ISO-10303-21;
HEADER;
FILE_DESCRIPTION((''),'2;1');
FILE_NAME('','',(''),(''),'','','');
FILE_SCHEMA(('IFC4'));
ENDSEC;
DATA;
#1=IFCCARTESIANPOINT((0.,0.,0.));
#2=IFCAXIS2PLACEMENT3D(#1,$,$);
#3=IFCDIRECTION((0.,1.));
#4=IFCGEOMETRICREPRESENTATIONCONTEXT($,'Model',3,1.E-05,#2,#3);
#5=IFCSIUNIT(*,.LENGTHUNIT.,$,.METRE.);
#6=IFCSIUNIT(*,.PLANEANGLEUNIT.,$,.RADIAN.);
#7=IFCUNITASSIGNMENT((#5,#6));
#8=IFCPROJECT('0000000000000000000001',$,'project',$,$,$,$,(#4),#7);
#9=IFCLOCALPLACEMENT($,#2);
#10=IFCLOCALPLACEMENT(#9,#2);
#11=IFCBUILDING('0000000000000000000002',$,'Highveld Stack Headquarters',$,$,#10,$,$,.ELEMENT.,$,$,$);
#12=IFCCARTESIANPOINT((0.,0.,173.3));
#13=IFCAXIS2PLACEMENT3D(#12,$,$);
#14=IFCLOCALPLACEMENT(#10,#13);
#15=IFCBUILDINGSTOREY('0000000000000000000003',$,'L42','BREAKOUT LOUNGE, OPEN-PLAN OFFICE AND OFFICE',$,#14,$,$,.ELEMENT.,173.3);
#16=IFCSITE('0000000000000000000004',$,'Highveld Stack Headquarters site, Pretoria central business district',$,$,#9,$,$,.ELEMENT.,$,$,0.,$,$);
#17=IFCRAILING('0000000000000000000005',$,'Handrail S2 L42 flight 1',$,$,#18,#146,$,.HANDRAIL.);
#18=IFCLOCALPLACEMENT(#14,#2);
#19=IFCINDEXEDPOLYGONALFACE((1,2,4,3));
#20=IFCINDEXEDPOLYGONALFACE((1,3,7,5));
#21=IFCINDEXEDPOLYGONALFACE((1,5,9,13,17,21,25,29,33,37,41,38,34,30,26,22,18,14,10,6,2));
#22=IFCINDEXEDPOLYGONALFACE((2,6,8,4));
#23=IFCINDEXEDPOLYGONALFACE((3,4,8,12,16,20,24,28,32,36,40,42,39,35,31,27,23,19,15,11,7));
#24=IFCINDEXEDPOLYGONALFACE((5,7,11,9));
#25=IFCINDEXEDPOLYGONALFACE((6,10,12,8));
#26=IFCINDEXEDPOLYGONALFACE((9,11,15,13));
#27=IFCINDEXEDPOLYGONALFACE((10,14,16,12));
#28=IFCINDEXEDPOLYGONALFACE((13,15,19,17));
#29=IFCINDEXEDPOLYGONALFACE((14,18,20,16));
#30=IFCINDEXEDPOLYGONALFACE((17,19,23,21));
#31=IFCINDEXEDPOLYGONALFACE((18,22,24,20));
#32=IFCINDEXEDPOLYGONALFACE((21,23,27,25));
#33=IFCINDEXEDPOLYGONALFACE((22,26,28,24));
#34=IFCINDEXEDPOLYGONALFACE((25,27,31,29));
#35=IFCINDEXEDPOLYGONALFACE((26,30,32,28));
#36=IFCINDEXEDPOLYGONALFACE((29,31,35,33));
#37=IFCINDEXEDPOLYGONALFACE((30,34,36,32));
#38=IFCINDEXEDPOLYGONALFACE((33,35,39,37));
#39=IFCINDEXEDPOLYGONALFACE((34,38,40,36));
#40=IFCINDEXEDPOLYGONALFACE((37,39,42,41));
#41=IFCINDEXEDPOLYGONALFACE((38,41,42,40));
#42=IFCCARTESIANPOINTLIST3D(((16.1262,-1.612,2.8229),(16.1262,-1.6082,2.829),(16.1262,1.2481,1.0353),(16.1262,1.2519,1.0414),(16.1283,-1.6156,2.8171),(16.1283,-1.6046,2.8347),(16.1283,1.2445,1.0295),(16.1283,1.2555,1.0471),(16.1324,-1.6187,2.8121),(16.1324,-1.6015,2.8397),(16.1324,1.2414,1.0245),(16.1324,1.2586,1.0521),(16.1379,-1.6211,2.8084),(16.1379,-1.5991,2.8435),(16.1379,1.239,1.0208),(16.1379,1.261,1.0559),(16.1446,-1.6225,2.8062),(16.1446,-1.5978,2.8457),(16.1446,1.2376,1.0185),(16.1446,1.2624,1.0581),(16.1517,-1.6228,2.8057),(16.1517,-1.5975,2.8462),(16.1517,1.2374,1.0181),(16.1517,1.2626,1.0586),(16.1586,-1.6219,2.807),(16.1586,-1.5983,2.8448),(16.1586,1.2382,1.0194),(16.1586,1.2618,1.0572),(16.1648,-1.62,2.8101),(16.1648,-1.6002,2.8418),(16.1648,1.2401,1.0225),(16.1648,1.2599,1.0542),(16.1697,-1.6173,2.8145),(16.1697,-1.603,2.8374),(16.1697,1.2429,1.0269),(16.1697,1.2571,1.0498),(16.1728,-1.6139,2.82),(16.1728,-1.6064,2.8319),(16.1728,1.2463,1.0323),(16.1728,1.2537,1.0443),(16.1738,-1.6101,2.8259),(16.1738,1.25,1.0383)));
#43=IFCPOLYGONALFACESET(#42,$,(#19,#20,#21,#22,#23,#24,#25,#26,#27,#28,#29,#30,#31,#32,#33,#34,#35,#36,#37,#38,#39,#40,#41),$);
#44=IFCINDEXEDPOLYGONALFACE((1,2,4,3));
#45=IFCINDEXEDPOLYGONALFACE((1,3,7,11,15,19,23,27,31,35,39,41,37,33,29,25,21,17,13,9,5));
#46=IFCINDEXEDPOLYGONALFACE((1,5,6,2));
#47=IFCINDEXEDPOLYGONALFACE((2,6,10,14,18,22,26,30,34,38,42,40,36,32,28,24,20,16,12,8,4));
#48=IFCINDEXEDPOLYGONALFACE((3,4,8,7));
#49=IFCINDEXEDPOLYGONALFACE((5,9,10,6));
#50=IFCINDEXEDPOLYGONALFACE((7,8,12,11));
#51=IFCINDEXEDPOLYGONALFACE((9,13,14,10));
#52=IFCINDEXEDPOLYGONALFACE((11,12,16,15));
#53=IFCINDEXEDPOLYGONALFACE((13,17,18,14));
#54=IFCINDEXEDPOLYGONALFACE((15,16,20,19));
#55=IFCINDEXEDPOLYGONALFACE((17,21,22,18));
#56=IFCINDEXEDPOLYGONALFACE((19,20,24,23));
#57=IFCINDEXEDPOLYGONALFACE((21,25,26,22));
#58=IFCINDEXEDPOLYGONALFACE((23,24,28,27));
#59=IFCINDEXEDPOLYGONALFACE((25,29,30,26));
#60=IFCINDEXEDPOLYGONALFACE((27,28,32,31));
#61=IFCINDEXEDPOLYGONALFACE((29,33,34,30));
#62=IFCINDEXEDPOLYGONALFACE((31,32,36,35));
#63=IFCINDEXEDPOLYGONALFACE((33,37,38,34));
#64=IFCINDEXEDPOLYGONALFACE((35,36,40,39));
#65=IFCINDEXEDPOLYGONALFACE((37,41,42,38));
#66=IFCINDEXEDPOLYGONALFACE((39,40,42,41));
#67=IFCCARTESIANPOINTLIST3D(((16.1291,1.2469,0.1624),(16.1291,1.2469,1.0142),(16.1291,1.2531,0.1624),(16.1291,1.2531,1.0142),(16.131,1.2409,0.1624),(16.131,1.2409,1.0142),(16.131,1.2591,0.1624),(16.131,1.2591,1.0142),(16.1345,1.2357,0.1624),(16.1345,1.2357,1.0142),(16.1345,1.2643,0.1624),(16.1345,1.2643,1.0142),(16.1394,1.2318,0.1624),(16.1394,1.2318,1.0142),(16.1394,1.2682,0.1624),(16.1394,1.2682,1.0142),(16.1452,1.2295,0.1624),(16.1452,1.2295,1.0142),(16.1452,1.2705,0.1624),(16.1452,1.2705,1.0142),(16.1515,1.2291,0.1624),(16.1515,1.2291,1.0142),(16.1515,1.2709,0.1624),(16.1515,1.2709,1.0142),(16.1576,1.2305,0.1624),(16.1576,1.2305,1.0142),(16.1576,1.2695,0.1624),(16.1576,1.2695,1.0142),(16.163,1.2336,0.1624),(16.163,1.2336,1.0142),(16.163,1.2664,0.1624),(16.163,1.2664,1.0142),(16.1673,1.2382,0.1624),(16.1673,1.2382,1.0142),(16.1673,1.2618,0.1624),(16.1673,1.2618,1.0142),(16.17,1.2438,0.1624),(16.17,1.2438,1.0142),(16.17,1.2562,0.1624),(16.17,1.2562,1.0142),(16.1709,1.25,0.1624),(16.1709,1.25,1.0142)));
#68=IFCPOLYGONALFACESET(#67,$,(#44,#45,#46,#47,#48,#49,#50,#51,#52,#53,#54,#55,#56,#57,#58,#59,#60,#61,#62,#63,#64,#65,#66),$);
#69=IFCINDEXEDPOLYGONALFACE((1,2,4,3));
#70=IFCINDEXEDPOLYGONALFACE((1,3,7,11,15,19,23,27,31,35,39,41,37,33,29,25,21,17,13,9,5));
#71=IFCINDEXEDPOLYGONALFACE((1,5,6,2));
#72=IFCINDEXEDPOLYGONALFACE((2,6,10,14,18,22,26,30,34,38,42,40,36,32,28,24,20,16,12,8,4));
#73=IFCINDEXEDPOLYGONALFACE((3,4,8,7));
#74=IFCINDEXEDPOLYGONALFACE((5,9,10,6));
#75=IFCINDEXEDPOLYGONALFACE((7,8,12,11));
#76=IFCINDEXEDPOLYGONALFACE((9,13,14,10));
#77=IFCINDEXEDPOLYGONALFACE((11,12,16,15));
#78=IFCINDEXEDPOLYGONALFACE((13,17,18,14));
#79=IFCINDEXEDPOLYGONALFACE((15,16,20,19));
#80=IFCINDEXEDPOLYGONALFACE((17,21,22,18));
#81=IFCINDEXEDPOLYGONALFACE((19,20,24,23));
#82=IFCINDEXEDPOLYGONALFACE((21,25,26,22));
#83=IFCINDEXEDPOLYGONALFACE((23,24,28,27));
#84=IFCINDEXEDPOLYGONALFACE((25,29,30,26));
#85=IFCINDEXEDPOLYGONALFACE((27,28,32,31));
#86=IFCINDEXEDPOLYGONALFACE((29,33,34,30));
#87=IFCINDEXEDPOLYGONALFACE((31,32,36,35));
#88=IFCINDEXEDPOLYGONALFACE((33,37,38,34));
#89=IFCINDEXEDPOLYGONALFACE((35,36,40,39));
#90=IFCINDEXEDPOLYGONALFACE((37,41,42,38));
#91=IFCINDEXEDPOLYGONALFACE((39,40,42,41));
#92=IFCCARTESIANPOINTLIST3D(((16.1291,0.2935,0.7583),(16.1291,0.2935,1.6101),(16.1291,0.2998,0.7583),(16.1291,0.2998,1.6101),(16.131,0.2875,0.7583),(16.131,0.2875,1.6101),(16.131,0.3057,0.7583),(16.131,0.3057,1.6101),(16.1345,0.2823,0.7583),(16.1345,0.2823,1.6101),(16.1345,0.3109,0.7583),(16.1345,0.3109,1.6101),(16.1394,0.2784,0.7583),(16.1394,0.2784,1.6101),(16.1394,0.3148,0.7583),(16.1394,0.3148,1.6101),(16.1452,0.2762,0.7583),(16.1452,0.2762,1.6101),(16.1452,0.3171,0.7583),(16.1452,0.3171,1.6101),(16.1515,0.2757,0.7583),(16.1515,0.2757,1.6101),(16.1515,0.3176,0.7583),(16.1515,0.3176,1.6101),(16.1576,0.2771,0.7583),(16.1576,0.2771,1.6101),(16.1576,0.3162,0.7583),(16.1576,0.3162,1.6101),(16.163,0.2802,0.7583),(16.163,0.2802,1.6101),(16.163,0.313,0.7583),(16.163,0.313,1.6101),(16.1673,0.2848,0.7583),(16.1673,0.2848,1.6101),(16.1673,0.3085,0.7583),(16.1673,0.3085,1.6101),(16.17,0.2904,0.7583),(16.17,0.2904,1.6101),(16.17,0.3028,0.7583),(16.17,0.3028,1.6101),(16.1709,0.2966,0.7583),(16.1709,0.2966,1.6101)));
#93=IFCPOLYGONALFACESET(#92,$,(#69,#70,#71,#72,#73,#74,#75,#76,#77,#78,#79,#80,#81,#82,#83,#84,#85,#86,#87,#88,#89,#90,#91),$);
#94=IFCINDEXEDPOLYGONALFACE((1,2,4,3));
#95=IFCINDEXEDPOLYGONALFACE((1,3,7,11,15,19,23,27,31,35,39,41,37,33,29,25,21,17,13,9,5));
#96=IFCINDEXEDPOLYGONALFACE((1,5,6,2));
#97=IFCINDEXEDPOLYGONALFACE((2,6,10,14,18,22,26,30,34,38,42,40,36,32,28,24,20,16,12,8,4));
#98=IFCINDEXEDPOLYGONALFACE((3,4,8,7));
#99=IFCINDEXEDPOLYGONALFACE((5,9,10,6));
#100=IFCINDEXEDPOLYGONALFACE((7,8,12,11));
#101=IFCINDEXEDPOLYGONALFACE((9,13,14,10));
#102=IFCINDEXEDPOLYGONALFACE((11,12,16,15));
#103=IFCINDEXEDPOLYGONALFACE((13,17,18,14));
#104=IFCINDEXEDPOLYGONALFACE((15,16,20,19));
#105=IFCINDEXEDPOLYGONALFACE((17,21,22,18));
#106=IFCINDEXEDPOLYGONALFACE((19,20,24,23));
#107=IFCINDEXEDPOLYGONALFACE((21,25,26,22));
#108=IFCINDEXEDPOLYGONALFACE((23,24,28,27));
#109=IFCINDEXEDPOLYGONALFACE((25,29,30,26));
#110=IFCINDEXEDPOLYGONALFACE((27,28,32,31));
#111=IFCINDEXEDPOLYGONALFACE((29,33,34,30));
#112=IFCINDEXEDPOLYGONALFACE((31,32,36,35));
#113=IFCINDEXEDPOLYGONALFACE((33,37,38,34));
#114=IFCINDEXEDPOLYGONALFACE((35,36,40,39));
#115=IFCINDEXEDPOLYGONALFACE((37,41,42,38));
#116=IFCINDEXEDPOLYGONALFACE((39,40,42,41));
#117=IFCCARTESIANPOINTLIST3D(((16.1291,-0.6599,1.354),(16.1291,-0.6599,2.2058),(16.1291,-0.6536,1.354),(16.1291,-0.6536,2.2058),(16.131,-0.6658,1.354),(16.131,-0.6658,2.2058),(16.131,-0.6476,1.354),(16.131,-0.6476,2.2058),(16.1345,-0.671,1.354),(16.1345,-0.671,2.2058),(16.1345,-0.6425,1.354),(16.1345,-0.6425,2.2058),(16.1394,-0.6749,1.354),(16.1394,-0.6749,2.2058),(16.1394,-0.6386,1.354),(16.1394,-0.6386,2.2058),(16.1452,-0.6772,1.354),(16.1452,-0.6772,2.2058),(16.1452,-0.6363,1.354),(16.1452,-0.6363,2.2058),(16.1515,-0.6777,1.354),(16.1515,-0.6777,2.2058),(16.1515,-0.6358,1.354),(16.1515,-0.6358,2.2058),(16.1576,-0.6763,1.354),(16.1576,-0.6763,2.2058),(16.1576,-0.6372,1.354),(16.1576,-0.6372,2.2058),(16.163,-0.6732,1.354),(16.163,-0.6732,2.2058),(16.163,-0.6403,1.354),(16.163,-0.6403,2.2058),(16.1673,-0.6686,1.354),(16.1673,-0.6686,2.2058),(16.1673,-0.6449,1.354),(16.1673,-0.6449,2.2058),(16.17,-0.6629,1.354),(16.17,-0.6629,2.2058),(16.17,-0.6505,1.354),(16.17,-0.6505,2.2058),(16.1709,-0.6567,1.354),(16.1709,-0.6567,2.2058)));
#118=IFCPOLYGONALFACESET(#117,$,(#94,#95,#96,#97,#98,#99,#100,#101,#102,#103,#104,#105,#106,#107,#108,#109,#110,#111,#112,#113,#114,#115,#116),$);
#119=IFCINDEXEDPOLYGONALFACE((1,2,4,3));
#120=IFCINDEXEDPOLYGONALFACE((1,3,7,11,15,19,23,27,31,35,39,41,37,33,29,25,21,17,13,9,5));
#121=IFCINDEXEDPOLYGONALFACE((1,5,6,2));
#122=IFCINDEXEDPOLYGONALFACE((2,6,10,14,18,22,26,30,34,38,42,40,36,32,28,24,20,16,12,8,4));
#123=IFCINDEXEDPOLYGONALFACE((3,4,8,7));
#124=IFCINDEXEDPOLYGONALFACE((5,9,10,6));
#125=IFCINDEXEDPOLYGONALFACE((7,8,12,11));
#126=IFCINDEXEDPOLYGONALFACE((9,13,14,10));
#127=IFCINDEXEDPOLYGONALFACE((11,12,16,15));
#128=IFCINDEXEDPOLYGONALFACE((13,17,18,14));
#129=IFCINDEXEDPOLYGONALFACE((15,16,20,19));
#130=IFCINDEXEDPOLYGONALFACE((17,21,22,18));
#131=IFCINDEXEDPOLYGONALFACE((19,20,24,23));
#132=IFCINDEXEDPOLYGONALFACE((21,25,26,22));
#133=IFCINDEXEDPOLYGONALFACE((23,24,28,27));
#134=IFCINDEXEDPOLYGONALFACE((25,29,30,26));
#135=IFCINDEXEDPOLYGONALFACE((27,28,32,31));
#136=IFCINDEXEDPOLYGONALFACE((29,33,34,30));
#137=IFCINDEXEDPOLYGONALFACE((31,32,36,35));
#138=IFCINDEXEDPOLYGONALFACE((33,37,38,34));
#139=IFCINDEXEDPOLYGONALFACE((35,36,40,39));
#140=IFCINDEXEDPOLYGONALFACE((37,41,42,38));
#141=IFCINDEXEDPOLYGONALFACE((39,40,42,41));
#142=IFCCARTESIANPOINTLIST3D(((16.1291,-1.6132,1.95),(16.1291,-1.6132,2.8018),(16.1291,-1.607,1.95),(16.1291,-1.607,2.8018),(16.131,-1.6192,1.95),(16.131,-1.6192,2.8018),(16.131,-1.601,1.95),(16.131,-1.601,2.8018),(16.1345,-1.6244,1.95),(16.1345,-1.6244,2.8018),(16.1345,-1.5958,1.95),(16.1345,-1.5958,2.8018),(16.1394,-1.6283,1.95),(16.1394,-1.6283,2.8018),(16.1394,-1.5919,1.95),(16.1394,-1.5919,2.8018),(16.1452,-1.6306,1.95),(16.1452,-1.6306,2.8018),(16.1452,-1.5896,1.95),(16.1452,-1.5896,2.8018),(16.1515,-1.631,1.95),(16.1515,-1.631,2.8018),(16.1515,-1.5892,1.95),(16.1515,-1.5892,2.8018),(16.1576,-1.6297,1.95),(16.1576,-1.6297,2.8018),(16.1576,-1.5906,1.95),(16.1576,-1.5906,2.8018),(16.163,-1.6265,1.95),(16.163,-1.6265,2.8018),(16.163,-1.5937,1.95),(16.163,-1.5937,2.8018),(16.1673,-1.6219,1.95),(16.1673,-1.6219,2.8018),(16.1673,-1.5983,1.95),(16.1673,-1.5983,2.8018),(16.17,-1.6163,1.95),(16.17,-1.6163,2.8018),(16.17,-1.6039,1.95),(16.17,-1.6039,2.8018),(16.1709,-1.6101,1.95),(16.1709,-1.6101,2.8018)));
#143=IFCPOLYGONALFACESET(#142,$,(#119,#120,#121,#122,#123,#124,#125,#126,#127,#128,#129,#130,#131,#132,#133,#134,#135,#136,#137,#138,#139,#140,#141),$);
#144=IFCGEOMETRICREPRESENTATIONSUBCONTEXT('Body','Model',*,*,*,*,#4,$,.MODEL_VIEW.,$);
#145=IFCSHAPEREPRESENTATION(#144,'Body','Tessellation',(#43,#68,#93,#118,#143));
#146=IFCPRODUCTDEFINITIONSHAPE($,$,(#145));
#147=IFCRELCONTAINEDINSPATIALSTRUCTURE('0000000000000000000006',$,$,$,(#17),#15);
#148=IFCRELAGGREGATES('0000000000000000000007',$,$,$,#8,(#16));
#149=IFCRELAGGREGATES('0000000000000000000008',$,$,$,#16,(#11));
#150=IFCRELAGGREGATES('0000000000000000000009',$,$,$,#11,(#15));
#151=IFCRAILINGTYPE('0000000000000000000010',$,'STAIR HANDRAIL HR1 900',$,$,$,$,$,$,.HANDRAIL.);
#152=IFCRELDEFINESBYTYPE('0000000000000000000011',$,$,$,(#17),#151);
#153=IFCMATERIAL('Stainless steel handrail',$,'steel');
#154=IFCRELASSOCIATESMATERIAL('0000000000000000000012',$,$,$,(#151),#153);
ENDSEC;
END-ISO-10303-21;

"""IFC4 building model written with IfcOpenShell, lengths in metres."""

from ifc_helpers import new_model, si_unit, direction, frame, origin, origin_2d, place, context, subcontext, project, spatial, circle, extrude, material, type_object, element, save


model = new_model("IFC4")

# Units and contexts
model_context = context("Model", 3, precision=1e-05, world=origin(), true_north=direction((0.0, 1.0)))
body_context = subcontext(model_context, "Body", "Model", "MODEL_VIEW")
ifc_project = project(units=[si_unit("LENGTHUNIT", "METRE"), si_unit("PLANEANGLEUNIT", "RADIAN")], contexts=[model_context])

# Site, building, storey
site_placement = place(None, origin())
site = spatial("IfcSite", under=ifc_project, at=site_placement, Name="Highveld Stack Headquarters site, Pretoria central business district", CompositionType="ELEMENT", RefElevation=0.0)
building_placement = place(site_placement, origin())
building = spatial("IfcBuilding", under=site, at=building_placement, Name="Highveld Stack Headquarters", CompositionType="ELEMENT")
storey_placement = place(building_placement, frame((0.0, 0.0, 173.3)))
storey = spatial("IfcBuildingStorey", under=building, at=storey_placement, Name="L42", Description="BREAKOUT LOUNGE, OPEN-PLAN OFFICE AND OFFICE", CompositionType="ELEMENT", Elevation=173.3)

# Railing
ifc_material_1 = material(Name="Stainless steel handrail", Category="steel")
railing_type = type_object("IfcRailingType", Name="STAIR HANDRAIL HR1 900", PredefinedType="HANDRAIL", material=ifc_material_1)
for number, where, name in (
    (1, (16.1499, 1.25, 0.1624), "Handrail S2 L42 flight 1"),
):
    element("IfcRailing", number, at=place(storey_placement, frame(where)), inside=storey, type_object=railing_type, Name=name, PredefinedType="HANDRAIL", context=body_context, shape_type="SweptSolid", body=[
        extrude(circle(Radius=0.0239, at=origin_2d()), frame((0.0, 0.0, 0.876), z_axis=(0.0, -0.847994, 0.530005), x_axis=(1.0, 0.0, 0.0)), (0.0, 0.0, 1.0), 3.3728),
        extrude(circle(Radius=0.021, at=origin_2d()), origin(), (0.0, 0.0, 1.0), 0.8518),
        extrude(circle(Radius=0.021, at=origin_2d()), frame((0.0, -0.9534, 0.5959)), (0.0, 0.0, 1.0), 0.8518),
        extrude(circle(Radius=0.021, at=origin_2d()), frame((0.0, -1.9067, 1.1917)), (0.0, 0.0, 1.0), 0.8518),
        extrude(circle(Radius=0.021, at=origin_2d()), frame((0.0, -2.8601, 1.7876)), (0.0, 0.0, 1.0), 0.8518),
    ])

save(model, "model.ifc")
